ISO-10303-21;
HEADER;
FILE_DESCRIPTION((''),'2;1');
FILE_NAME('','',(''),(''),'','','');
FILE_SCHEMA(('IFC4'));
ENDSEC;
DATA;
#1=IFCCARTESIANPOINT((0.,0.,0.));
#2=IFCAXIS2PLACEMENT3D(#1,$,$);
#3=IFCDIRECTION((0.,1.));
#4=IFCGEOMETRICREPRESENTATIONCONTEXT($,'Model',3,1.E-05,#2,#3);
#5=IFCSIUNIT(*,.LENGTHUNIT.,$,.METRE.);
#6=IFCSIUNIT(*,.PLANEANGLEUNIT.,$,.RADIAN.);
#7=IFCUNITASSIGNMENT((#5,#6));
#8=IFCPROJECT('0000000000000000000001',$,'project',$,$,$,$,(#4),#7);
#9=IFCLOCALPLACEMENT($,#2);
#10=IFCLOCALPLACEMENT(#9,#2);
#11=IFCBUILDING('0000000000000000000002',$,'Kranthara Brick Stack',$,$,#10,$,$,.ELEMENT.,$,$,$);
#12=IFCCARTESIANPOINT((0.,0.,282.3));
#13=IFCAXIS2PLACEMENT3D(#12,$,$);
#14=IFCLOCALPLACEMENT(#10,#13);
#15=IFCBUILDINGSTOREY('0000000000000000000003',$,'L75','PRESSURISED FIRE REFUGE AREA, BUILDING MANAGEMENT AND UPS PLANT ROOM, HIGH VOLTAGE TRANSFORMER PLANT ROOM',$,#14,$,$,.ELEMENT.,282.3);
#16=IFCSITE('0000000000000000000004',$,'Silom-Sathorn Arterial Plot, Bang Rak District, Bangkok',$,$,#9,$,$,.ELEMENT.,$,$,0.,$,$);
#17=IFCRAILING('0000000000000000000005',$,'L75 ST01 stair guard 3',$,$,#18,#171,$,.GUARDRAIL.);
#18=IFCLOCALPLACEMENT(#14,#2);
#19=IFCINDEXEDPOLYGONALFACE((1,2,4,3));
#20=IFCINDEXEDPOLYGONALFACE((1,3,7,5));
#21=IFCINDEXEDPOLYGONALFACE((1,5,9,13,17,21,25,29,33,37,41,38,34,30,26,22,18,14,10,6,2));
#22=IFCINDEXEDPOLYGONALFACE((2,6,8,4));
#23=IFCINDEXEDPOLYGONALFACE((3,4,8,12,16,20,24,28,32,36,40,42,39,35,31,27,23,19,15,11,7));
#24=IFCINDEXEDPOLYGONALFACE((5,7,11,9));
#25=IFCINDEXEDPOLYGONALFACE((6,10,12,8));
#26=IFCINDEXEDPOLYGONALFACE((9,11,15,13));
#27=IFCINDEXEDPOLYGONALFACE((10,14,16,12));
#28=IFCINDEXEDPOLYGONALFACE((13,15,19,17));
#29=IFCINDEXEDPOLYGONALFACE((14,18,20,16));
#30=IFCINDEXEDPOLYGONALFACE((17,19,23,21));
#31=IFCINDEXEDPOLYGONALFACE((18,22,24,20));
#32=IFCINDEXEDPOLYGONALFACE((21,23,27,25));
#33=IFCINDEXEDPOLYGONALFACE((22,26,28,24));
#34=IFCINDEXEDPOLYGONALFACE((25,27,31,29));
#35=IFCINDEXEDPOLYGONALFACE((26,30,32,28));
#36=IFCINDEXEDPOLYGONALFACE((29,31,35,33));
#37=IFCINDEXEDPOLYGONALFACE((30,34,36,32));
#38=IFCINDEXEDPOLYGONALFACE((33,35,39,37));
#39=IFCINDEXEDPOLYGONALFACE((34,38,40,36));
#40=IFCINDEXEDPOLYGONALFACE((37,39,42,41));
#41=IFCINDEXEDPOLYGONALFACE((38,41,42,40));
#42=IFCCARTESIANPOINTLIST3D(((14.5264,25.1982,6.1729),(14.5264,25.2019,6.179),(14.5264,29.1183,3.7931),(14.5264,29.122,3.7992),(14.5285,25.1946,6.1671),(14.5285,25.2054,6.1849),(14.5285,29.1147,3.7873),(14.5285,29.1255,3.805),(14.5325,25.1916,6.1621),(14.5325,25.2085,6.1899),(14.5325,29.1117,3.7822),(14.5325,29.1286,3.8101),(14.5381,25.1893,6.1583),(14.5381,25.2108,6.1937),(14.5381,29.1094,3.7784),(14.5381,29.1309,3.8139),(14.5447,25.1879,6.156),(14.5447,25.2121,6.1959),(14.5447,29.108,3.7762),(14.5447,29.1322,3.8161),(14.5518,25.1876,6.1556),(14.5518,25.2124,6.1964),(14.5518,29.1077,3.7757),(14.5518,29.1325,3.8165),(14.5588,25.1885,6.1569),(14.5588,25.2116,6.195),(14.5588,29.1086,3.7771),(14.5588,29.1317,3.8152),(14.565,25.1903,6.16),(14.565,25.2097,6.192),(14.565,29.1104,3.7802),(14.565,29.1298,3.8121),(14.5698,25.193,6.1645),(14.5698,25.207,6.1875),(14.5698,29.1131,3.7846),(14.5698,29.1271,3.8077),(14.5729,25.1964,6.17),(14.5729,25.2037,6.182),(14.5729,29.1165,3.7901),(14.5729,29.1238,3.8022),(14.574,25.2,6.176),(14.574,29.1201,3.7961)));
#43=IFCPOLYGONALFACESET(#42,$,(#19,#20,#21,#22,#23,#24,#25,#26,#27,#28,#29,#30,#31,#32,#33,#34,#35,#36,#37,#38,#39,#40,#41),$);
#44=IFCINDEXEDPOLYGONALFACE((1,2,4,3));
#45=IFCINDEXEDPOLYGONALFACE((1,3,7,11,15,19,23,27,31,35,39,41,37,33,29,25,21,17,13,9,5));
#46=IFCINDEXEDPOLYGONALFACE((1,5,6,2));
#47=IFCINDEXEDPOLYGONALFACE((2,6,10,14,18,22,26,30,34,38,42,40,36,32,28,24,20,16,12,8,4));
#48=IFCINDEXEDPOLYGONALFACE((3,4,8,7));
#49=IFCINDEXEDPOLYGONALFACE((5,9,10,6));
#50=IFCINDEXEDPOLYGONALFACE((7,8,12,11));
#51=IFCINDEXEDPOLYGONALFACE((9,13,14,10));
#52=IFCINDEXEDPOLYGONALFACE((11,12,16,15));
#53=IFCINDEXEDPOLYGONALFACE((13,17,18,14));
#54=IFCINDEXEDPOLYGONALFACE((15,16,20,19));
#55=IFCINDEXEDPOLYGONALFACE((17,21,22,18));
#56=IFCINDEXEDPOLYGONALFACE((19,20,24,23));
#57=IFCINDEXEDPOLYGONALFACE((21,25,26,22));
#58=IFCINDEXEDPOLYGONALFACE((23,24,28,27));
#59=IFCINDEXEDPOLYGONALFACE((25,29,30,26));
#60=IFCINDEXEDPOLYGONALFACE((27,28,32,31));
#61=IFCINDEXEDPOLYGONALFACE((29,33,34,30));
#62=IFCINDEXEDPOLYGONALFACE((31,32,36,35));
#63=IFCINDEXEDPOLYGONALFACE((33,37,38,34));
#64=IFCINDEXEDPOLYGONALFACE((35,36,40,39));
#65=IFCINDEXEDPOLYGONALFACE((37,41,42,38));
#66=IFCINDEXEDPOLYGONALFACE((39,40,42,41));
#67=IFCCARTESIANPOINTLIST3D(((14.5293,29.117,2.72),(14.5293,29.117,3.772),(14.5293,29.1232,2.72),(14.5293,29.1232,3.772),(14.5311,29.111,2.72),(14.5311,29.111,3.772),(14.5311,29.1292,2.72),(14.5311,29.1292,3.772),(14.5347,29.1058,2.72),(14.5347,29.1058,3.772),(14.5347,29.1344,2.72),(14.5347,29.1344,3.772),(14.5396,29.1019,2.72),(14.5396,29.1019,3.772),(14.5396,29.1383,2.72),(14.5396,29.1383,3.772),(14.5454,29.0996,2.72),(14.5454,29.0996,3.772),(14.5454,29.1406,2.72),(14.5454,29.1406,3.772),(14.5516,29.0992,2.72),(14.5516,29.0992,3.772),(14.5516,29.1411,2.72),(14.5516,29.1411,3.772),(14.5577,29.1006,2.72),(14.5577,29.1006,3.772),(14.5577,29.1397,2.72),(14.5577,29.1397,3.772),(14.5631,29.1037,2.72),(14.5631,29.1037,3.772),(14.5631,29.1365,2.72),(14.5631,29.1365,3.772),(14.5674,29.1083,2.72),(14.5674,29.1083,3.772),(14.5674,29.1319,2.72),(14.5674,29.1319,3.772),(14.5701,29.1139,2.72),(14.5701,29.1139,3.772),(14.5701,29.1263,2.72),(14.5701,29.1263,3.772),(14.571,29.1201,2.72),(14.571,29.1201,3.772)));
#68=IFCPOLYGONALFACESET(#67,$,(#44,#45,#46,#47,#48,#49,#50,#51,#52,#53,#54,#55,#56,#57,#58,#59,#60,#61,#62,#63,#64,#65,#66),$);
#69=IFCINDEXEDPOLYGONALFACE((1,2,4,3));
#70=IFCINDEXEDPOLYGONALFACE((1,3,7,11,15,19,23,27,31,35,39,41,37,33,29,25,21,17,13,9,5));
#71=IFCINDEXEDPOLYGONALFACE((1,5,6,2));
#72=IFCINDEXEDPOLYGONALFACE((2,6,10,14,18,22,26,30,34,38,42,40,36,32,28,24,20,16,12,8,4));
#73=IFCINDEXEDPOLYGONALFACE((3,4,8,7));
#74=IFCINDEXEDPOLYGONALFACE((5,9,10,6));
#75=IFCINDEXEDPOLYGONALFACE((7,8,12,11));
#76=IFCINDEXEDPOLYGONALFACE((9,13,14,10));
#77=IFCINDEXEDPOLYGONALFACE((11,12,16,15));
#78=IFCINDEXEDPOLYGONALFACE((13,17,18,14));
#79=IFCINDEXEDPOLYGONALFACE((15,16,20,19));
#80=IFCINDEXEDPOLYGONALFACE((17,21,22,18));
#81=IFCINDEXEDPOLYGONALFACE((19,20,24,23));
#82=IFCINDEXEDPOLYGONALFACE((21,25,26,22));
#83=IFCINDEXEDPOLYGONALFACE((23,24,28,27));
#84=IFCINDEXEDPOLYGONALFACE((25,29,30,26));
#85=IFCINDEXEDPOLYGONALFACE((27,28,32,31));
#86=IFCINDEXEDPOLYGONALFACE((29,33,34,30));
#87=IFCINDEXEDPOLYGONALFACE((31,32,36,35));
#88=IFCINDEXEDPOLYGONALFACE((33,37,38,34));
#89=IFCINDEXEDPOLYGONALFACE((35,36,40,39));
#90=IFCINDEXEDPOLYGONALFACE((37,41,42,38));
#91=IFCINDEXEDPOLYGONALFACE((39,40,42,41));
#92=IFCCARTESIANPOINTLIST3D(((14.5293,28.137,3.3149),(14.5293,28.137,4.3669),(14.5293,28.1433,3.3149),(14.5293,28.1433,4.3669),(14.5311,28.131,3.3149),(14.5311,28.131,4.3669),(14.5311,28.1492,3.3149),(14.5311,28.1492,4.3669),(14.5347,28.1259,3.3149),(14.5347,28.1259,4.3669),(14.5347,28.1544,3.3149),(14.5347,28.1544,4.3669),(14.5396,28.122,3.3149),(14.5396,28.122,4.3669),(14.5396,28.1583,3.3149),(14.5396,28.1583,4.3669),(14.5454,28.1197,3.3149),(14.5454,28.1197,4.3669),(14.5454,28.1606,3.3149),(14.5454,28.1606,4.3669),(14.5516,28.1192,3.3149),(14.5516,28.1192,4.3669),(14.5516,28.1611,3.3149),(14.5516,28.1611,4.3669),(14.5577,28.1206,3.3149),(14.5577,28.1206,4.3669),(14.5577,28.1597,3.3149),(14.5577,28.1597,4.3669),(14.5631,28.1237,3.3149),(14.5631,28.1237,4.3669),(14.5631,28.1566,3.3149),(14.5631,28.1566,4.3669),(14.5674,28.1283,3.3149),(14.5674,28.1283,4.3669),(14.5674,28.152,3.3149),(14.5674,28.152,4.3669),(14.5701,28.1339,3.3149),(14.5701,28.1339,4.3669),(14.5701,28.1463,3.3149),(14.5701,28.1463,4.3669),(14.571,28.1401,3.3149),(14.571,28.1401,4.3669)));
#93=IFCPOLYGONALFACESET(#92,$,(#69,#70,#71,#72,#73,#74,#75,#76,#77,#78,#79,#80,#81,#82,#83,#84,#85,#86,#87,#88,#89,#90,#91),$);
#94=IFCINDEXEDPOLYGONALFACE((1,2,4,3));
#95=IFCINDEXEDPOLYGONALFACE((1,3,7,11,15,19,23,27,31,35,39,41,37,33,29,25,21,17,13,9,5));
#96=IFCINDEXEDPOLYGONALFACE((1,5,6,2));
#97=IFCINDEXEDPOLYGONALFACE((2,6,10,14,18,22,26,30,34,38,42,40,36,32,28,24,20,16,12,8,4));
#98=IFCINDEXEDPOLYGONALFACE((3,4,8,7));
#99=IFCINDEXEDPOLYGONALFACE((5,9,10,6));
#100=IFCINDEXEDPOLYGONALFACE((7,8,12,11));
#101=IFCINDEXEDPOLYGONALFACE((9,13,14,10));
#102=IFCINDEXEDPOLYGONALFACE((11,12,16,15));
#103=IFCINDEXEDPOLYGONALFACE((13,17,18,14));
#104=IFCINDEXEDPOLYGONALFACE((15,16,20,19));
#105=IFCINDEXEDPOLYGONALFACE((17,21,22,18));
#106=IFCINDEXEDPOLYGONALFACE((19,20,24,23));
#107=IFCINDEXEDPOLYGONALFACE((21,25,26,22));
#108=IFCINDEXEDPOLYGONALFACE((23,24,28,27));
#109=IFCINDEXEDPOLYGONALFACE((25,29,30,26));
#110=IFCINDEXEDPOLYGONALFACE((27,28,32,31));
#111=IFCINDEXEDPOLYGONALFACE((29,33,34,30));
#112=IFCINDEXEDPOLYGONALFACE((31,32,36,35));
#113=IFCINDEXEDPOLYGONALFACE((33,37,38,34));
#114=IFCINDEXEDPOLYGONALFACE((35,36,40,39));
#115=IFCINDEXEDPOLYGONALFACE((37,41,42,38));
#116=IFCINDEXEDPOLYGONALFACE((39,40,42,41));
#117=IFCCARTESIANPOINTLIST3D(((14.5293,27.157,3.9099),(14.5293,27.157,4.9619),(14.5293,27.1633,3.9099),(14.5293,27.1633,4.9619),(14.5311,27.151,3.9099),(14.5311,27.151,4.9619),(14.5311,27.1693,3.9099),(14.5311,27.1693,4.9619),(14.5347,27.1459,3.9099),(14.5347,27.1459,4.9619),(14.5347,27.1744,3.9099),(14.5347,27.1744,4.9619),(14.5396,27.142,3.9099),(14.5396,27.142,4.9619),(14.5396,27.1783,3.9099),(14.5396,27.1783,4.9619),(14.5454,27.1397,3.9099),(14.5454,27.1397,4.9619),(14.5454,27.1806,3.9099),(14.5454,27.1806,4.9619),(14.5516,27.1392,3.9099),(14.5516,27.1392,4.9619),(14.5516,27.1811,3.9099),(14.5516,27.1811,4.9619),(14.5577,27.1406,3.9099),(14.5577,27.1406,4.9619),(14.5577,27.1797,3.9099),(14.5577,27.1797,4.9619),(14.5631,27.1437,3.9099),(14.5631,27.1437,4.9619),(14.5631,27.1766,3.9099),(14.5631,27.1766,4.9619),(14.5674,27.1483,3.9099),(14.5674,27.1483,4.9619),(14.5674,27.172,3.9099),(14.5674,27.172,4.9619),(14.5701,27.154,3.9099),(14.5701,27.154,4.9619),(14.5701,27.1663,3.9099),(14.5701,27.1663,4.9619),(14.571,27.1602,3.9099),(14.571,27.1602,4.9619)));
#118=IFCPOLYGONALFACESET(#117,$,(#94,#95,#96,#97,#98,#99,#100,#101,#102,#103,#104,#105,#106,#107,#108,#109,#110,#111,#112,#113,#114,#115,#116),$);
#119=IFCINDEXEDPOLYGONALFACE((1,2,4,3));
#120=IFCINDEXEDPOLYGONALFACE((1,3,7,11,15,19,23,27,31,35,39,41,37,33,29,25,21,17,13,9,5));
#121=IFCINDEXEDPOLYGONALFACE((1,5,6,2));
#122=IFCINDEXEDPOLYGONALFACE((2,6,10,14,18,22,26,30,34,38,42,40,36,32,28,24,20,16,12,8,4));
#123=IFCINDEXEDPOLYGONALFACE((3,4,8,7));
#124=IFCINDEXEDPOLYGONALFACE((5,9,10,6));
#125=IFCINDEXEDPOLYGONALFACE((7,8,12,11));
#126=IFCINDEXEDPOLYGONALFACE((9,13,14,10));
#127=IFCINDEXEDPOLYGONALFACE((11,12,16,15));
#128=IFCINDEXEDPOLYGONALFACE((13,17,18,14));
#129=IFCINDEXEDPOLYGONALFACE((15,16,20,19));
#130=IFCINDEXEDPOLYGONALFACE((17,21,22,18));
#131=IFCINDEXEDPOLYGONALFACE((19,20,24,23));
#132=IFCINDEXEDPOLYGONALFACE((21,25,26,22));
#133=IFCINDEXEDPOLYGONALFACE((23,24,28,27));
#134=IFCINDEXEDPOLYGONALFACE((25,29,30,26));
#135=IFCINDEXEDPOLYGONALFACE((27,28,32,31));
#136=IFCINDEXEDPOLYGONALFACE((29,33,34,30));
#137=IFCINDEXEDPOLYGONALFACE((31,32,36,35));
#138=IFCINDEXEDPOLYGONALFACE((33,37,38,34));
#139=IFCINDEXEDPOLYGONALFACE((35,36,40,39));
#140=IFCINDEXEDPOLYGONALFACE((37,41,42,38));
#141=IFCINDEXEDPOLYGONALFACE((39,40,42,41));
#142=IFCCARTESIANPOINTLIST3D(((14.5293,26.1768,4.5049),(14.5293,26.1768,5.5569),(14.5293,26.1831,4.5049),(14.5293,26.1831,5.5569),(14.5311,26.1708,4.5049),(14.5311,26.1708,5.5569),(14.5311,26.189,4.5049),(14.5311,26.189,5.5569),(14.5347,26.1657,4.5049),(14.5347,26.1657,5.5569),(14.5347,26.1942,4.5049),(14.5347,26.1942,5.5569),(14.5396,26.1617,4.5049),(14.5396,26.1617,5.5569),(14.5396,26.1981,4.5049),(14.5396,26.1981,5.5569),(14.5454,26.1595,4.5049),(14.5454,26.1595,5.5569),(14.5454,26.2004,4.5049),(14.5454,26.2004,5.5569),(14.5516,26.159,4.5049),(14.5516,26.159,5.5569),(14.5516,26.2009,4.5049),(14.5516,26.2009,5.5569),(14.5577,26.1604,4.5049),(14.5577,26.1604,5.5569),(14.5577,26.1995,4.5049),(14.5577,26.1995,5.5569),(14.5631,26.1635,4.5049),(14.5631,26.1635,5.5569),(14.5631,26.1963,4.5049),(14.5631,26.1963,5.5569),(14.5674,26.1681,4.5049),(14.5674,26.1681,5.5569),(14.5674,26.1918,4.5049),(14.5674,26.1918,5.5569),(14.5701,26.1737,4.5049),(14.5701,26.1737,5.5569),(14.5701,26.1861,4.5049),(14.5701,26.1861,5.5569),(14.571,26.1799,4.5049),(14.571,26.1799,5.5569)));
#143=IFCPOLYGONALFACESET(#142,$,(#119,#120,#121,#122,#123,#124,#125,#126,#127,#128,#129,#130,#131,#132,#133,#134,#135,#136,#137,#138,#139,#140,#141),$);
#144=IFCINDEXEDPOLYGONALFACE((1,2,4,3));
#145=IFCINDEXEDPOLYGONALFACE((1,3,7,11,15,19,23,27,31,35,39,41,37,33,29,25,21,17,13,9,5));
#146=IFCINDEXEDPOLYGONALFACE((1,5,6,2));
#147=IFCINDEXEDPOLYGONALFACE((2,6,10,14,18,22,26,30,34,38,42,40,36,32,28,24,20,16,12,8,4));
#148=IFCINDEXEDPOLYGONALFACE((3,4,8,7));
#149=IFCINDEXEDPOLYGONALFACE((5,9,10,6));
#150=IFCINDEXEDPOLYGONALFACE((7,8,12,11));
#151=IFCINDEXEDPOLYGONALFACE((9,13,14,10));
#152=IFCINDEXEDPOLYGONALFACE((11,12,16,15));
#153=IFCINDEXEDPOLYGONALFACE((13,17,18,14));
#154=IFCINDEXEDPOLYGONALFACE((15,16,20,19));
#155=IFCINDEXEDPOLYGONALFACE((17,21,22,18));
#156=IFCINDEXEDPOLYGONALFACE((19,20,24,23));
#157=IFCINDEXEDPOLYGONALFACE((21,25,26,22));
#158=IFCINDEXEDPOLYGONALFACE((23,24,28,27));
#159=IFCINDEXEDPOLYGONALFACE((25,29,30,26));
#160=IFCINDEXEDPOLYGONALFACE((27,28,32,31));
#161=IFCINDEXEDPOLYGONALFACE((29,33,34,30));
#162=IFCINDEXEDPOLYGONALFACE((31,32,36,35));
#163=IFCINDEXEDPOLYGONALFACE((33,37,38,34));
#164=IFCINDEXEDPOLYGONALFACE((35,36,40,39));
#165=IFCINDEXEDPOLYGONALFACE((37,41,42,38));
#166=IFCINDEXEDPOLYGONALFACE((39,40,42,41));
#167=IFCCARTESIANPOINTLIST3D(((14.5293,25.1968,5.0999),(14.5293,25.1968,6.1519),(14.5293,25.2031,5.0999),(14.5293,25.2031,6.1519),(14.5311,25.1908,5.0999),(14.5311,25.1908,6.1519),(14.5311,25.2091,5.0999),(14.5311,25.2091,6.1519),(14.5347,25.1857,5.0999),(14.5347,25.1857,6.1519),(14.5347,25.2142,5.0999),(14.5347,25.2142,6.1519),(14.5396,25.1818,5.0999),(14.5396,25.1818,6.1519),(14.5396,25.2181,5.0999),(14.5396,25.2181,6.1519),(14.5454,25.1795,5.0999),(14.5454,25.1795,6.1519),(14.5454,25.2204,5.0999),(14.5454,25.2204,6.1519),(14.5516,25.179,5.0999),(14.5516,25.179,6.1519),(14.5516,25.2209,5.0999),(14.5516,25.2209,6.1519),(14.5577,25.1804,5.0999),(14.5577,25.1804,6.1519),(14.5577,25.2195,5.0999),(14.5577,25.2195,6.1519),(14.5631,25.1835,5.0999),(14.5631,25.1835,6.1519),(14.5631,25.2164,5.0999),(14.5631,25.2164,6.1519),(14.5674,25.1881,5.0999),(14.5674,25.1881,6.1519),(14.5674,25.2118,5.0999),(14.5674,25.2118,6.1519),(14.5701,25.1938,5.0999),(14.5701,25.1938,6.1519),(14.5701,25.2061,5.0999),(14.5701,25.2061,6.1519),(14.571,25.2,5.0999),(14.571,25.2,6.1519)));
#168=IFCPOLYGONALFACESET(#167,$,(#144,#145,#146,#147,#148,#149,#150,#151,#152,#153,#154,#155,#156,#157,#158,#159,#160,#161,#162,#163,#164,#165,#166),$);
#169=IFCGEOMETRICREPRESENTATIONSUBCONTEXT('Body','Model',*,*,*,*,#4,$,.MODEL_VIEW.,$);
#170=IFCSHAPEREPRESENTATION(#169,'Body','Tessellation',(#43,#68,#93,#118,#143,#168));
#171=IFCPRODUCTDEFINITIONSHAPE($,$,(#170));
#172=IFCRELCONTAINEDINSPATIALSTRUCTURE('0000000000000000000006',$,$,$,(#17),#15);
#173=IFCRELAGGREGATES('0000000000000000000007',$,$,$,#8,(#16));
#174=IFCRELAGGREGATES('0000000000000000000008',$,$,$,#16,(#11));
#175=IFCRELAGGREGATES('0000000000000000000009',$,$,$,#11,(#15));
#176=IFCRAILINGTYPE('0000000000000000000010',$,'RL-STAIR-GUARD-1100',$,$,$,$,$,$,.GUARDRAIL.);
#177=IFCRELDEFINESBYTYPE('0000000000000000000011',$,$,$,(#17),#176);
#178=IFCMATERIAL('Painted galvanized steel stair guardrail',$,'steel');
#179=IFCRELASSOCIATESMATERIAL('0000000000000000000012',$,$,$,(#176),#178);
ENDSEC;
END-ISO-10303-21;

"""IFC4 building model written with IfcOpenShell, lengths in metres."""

from ifc_helpers import new_model, si_unit, direction, frame, origin, origin_2d, place, context, subcontext, project, spatial, circle, extrude, material, type_object, element, save


model = new_model("IFC4")

# Units and contexts
model_context = context("Model", 3, precision=1e-05, world=origin(), true_north=direction((0.0, 1.0)))
body_context = subcontext(model_context, "Body", "Model", "MODEL_VIEW")
ifc_project = project(units=[si_unit("LENGTHUNIT", "METRE"), si_unit("PLANEANGLEUNIT", "RADIAN")], contexts=[model_context])

# Site, building, storey
site_placement = place(None, origin())
site = spatial("IfcSite", under=ifc_project, at=site_placement, Name="Silom-Sathorn Arterial Plot, Bang Rak District, Bangkok", CompositionType="ELEMENT", RefElevation=0.0)
building_placement = place(site_placement, origin())
building = spatial("IfcBuilding", under=site, at=building_placement, Name="Kranthara Brick Stack", CompositionType="ELEMENT")
storey_placement = place(building_placement, frame((0.0, 0.0, 282.3)))
storey = spatial("IfcBuildingStorey", under=building, at=storey_placement, Name="L75", Description="PRESSURISED FIRE REFUGE AREA, BUILDING MANAGEMENT AND UPS PLANT ROOM, HIGH VOLTAGE TRANSFORMER PLANT ROOM", CompositionType="ELEMENT", Elevation=282.3)

# Railing
ifc_material_1 = material(Name="Painted galvanized steel stair guardrail", Category="steel")
railing_type_1 = type_object("IfcRailingType", Name="RL-STAIR-GUARD-1100", PredefinedType="GUARDRAIL", material=ifc_material_1)
railing_1_placement = place(storey_placement, frame((14.55, 29.1201, 2.72)))
element("IfcRailing", 1, at=railing_1_placement, inside=storey, type_object=railing_type_1, Name="L75 ST01 stair guard 3", PredefinedType="GUARDRAIL", context=body_context, shape_type="SweptSolid", body=[
    extrude(circle(Radius=0.0239, at=origin_2d()), frame((0.0, 0.0, 1.0762), z_axis=(0.0, -0.854809, 0.518943), x_axis=(1.0, 0.0, 0.0)), (0.0, 0.0, 1.0), 4.5859),
    extrude(circle(Radius=0.021, at=origin_2d()), origin(), (0.0, 0.0, 1.0), 1.052),
    extrude(circle(Radius=0.021, at=origin_2d()), frame((0.0, -0.98, 0.595)), (0.0, 0.0, 1.0), 1.052),
    extrude(circle(Radius=0.021, at=origin_2d()), frame((0.0, -1.96, 1.1899)), (0.0, 0.0, 1.0), 1.052),
    extrude(circle(Radius=0.021, at=origin_2d()), frame((0.0, -2.9402, 1.7849)), (0.0, 0.0, 1.0), 1.052),
    extrude(circle(Radius=0.021, at=origin_2d()), frame((0.0, -3.9202, 2.3799)), (0.0, 0.0, 1.0), 1.052),
])

save(model, "model.ifc")
